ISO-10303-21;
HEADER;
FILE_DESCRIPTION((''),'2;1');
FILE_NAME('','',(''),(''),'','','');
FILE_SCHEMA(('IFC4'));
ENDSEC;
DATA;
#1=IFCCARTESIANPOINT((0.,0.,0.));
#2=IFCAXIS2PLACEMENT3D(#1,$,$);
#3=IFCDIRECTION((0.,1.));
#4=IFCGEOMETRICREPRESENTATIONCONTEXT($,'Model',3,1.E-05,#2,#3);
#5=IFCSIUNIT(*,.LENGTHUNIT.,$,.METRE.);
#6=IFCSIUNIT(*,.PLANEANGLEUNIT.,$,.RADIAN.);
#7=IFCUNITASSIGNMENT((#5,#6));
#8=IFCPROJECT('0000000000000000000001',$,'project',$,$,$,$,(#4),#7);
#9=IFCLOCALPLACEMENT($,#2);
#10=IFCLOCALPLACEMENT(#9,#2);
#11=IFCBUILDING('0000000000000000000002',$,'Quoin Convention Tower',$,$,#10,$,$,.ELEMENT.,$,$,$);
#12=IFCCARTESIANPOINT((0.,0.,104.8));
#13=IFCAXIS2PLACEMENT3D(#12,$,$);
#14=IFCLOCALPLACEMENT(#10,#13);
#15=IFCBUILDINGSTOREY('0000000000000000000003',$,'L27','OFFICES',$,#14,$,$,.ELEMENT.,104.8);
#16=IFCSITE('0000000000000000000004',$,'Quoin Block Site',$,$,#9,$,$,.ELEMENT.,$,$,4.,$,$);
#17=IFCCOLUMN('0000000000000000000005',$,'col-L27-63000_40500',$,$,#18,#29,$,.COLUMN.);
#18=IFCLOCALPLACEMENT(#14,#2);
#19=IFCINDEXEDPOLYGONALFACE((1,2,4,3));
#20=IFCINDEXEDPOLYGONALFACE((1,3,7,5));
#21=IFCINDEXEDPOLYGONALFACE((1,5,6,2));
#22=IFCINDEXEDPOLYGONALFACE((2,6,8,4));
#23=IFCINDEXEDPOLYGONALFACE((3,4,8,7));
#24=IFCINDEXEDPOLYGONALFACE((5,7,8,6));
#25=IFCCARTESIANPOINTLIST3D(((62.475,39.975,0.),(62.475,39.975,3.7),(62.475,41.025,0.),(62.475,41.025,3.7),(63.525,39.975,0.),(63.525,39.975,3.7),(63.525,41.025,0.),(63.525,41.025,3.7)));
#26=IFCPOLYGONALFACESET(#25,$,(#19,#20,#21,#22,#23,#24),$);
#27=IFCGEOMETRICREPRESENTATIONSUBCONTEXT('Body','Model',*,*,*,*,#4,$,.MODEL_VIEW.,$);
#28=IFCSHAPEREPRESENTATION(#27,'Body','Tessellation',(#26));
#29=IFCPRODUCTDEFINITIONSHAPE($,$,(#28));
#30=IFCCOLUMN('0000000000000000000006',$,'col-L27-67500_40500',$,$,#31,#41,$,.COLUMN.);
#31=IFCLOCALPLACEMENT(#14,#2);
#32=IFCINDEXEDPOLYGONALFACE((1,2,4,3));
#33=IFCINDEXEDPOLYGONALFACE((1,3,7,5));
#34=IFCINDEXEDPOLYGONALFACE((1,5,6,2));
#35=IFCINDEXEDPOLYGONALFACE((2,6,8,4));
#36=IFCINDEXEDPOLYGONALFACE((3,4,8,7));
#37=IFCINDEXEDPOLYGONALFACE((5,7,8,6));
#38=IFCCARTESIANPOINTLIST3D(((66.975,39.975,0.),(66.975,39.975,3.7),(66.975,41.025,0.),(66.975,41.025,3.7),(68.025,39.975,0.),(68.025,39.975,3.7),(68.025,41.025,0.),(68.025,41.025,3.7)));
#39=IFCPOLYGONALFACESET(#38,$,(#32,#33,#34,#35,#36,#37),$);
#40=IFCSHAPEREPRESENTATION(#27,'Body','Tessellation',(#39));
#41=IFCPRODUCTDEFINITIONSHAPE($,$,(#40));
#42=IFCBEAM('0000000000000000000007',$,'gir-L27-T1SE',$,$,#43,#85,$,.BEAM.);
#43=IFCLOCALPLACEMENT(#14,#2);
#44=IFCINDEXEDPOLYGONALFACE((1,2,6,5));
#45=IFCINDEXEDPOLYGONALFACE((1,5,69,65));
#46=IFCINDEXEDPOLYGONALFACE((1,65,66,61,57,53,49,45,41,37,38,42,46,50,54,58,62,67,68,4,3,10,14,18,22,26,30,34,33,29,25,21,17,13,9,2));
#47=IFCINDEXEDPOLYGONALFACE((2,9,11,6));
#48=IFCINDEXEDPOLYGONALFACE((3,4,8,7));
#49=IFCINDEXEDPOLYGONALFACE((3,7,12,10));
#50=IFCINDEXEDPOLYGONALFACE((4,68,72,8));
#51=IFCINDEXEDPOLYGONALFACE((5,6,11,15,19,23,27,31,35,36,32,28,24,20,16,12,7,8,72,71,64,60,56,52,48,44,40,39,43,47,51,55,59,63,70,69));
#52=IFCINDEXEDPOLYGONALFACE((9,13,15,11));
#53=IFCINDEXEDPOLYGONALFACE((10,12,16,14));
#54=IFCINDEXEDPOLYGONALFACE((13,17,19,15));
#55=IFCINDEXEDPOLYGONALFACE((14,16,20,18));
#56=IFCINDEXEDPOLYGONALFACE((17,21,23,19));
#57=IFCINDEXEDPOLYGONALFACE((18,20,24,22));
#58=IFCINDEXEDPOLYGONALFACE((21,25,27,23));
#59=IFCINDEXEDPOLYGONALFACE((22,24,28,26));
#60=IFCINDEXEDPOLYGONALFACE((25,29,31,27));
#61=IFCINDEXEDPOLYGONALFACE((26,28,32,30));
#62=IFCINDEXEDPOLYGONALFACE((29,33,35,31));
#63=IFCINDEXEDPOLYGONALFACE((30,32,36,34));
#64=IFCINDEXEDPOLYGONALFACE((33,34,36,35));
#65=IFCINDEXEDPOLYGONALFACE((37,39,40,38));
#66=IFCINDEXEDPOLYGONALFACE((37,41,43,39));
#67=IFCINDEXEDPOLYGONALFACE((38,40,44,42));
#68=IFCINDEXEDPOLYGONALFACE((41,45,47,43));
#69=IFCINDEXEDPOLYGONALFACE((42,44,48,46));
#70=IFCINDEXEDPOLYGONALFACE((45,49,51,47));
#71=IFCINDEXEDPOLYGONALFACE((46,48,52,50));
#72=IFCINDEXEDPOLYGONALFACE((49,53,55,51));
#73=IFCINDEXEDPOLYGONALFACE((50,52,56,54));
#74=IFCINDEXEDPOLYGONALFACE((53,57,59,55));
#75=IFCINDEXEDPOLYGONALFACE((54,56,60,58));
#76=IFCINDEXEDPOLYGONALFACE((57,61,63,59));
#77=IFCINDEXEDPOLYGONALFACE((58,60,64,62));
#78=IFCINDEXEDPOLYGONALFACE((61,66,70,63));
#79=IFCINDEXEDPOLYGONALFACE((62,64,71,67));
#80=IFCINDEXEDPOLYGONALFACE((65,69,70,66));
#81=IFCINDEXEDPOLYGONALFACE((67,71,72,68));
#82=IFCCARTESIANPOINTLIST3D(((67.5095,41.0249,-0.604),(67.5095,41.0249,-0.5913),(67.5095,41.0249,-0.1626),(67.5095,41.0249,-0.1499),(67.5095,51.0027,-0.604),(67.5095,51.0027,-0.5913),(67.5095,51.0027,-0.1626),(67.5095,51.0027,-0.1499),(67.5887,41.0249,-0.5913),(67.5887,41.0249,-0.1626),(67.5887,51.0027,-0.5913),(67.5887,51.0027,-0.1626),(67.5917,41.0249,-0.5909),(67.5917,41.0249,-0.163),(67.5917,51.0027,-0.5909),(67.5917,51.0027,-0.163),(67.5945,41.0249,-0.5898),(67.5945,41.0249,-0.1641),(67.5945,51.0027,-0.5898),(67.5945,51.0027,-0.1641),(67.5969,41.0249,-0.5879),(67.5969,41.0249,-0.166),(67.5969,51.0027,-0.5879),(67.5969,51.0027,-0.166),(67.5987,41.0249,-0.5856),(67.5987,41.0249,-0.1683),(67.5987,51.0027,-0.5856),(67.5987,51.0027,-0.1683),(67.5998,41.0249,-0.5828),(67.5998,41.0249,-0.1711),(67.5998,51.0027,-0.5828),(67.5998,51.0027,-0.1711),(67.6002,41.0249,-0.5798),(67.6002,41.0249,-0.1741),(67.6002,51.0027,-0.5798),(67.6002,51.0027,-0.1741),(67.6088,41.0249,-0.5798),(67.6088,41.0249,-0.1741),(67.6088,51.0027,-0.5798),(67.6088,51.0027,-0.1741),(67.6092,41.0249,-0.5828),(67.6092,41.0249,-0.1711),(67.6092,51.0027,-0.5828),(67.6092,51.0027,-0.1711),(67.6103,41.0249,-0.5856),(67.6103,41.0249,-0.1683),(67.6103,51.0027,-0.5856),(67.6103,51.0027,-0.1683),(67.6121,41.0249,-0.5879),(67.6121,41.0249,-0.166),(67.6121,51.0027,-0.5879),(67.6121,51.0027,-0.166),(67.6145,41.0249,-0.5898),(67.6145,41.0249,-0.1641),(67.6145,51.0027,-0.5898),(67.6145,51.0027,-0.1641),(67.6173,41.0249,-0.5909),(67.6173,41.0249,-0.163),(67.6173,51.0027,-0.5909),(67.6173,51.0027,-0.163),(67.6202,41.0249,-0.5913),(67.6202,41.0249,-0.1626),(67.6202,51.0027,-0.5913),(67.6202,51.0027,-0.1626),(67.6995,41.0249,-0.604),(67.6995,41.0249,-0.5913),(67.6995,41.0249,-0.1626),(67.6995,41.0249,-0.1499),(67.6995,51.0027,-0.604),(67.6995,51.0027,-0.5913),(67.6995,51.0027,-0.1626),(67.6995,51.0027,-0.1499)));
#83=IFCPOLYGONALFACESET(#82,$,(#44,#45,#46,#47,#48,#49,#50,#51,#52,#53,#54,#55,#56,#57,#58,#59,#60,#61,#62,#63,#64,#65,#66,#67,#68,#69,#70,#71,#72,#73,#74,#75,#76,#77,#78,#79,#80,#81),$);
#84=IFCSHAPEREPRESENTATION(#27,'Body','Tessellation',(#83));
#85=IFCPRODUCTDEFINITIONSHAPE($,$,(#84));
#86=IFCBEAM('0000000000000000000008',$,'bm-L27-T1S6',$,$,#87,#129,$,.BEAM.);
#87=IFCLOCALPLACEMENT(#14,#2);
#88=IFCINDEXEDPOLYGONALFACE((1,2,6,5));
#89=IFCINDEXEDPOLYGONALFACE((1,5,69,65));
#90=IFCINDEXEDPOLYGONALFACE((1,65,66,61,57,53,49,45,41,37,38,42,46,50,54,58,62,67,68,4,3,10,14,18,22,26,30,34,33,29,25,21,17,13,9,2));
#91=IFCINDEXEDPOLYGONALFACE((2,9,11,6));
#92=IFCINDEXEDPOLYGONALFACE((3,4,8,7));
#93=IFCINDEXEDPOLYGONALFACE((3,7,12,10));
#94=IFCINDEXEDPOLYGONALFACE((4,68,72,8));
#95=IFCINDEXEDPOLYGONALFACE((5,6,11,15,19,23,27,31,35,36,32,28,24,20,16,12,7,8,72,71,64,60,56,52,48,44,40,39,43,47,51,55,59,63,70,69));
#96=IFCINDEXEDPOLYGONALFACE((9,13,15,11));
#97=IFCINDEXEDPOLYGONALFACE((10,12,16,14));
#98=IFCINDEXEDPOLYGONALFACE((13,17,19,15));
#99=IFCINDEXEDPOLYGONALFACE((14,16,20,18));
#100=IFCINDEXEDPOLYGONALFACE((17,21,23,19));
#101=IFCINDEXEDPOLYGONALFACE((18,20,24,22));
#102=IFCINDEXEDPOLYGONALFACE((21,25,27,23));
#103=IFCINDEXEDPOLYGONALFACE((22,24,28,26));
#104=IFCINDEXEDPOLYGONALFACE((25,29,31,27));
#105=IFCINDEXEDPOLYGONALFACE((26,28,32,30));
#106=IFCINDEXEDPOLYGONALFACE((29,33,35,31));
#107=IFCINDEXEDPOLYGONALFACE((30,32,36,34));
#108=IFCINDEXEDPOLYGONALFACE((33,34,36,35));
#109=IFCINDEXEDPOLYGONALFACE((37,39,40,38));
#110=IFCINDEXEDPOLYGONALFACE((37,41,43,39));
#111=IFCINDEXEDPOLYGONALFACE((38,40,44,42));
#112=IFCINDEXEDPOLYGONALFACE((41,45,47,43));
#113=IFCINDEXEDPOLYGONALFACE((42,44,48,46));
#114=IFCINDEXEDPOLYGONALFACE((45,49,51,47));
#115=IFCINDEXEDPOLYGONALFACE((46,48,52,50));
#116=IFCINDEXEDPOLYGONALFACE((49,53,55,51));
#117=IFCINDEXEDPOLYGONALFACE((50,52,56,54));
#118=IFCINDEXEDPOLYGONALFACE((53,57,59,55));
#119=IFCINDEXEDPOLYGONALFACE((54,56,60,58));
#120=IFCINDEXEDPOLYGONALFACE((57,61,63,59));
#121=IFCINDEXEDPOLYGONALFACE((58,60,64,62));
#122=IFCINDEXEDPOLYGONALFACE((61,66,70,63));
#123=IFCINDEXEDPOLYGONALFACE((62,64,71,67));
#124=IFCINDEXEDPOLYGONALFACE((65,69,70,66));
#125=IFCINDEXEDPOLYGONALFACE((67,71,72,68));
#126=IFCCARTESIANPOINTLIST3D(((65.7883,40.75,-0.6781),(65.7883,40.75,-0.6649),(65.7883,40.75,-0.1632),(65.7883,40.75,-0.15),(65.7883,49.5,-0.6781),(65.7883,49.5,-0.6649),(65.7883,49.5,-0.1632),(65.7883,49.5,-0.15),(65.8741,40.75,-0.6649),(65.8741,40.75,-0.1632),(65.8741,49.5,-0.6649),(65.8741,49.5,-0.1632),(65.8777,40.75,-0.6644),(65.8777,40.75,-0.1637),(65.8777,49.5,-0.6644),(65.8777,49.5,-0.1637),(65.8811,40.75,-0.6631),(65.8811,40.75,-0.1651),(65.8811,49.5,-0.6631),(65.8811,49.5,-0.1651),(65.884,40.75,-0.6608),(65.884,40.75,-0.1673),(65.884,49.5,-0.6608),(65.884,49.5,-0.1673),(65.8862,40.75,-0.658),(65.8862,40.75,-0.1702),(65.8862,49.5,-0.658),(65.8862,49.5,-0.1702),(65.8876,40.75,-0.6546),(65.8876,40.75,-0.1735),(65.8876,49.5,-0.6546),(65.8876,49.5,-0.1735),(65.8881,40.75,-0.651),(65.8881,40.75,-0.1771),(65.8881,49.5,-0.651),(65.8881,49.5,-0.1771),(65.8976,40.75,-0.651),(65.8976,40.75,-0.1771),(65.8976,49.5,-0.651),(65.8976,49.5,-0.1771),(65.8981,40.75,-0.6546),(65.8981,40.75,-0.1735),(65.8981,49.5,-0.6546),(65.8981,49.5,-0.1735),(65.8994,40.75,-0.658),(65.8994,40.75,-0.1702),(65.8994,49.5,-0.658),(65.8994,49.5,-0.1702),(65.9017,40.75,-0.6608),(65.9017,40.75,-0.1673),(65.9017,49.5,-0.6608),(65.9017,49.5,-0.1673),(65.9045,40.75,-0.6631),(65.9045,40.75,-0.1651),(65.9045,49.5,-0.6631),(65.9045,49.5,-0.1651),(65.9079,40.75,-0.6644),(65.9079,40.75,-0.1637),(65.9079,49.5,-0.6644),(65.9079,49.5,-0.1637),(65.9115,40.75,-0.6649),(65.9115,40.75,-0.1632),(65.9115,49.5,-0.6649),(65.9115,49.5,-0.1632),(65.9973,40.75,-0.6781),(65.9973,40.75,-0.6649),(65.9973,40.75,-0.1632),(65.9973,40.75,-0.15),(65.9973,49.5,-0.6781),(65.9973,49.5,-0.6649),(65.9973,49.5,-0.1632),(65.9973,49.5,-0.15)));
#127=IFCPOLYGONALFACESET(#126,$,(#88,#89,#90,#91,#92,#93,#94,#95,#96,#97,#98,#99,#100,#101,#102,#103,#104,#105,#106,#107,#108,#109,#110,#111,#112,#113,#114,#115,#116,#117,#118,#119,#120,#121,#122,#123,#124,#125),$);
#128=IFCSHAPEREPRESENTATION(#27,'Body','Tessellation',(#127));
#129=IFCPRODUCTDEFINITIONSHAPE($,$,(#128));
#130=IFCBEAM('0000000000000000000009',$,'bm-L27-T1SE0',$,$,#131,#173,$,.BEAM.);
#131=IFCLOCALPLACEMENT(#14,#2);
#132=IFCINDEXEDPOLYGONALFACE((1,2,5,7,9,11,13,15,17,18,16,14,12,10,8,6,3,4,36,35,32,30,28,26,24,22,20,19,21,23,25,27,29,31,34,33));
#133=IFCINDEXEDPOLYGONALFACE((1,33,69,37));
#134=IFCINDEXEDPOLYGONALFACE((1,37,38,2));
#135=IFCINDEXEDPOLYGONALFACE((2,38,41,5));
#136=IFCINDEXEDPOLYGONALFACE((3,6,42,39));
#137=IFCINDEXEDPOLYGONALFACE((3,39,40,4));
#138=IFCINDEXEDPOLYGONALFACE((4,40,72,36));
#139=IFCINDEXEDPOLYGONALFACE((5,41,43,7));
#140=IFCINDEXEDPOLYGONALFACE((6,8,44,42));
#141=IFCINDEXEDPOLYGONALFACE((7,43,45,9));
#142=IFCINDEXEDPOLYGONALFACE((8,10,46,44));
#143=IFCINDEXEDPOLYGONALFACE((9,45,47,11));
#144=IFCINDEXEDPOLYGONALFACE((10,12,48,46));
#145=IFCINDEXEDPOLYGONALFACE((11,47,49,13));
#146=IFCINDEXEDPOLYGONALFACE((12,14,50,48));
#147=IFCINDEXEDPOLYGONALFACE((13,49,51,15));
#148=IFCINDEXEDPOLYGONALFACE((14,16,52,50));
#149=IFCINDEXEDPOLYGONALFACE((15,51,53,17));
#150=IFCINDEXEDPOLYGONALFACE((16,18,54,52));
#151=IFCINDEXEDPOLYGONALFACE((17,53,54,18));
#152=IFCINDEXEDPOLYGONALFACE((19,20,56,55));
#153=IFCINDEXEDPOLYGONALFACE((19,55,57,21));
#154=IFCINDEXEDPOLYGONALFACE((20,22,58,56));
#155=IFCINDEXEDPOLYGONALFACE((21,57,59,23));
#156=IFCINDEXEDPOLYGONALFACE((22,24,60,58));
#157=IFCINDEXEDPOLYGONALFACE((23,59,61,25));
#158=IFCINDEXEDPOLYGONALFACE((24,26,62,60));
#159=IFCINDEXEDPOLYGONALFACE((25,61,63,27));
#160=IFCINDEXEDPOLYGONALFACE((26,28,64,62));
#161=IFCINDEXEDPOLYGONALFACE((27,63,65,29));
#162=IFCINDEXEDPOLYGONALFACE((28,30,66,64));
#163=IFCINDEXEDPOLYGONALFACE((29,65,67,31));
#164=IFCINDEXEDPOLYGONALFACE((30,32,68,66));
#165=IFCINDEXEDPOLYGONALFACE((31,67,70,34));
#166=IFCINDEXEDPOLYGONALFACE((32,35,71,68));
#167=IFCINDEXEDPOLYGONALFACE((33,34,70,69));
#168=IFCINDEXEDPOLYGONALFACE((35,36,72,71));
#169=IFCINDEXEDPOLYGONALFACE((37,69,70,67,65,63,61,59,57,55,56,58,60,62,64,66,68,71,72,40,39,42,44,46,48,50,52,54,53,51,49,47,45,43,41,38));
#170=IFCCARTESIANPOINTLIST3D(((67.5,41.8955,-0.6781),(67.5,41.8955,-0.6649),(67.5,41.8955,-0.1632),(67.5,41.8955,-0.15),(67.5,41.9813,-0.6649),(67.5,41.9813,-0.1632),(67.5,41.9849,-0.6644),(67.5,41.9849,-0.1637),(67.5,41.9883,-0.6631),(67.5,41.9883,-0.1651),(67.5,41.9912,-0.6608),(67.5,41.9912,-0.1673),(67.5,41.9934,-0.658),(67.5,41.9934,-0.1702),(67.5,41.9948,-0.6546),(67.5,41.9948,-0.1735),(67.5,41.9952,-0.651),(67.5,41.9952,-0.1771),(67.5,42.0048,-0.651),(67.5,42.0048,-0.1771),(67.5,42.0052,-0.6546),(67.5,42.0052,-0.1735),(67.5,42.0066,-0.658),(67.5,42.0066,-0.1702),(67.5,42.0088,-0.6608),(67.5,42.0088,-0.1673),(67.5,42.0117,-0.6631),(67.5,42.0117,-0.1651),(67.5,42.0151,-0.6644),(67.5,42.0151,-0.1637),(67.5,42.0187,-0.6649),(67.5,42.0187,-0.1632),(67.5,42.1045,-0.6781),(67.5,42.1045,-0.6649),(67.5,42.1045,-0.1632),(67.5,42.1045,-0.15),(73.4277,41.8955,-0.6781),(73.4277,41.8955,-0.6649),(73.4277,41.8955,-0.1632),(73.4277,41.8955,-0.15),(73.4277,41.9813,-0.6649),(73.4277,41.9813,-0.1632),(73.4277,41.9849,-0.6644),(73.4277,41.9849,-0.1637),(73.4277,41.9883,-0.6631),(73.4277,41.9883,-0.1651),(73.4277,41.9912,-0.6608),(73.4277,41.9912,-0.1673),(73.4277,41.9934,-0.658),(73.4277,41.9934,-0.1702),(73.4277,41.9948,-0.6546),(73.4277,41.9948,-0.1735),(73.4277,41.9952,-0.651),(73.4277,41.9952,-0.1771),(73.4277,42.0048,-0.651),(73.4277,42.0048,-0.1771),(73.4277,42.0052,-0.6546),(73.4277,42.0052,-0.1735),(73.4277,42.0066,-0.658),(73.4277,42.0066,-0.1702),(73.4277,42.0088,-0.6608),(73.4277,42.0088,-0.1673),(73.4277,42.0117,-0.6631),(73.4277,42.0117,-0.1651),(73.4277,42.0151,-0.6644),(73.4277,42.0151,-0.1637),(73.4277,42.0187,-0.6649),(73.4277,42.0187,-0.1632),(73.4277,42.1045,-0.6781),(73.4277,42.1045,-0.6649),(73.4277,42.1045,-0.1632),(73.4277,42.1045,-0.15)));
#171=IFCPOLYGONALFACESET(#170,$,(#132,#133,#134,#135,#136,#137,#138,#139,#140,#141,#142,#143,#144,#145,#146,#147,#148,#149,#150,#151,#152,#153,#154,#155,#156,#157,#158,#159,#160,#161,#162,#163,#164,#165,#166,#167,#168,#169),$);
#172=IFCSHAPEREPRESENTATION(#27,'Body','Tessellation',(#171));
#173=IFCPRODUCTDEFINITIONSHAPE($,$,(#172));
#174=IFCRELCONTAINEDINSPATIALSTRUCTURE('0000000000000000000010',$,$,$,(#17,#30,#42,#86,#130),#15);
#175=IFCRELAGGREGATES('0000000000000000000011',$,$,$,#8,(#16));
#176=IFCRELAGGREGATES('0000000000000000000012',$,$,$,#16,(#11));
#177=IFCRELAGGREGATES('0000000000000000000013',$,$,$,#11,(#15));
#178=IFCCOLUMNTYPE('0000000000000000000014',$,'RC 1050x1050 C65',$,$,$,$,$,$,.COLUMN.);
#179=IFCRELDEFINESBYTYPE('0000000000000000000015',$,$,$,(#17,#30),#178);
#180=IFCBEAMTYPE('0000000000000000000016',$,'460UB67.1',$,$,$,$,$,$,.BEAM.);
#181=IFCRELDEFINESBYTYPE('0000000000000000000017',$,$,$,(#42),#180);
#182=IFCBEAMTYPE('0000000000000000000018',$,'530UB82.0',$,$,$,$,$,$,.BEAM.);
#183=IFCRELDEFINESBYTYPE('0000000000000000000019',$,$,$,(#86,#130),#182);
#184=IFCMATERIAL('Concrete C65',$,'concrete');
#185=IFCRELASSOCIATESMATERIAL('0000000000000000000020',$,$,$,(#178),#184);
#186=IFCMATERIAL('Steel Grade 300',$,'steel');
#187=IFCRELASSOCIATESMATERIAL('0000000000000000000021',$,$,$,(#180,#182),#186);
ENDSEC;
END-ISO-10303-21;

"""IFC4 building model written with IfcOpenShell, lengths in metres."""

from ifc_helpers import new_model, si_unit, direction, frame, origin, origin_2d, place, context, subcontext, project, spatial, rectangle, i_section, extrude, material, material_profile, profile_set, type_object, element, save


model = new_model("IFC4")

# Units and contexts
model_context = context("Model", 3, precision=1e-05, world=origin(), true_north=direction((0.0, 1.0)))
body_context = subcontext(model_context, "Body", "Model", "MODEL_VIEW")
ifc_project = project(units=[si_unit("LENGTHUNIT", "METRE"), si_unit("PLANEANGLEUNIT", "RADIAN")], contexts=[model_context])

# Site, building, storey
site_placement = place(None, origin())
site = spatial("IfcSite", under=ifc_project, at=site_placement, Name="Quoin Block Site", CompositionType="ELEMENT", RefElevation=4.0)
building_placement = place(site_placement, origin())
building = spatial("IfcBuilding", under=site, at=building_placement, Name="Quoin Convention Tower", CompositionType="ELEMENT")
storey_placement = place(building_placement, frame((0.0, 0.0, 104.8)))
storey = spatial("IfcBuildingStorey", under=building, at=storey_placement, Name="L27", Description="OFFICES", CompositionType="ELEMENT", Elevation=104.8)

# Columns
ifc_material_1 = material(Name="Concrete C65", Category="concrete")
ifc_material_profile_1 = material_profile(ifc_material_1, rectangle(XDim=1.05, YDim=1.05, at=origin_2d()), Name="RC 1050x1050")
ifc_profile_set_1 = profile_set([ifc_material_profile_1], Name="Concrete C65")
column_type = type_object("IfcColumnType", Name="RC 1050x1050 C65", PredefinedType="COLUMN", material=ifc_profile_set_1)
for number, where, z_axis, x_axis, name in (
    (1, (63.0, 40.5, 0.0), (0.0, 0.0, 1.0), (1.0, 0.0, 0.0), "col-L27-63000_40500"),
    (2, (67.5, 40.5, 0.0), (0.0, 0.0, 1.0), (1.0, 0.0, 0.0), "col-L27-67500_40500"),
):
    element("IfcColumn", number, at=place(storey_placement, frame(where, z_axis=z_axis, x_axis=x_axis)), inside=storey, type_object=column_type, Name=name, PredefinedType="COLUMN", context=body_context, shape_type="SweptSolid", body=[
        extrude(rectangle(XDim=1.05, YDim=1.05, at=origin_2d()), origin(), (0.0, 0.0, 1.0), 3.7),
    ])

# Beams
ifc_material_2 = material(Name="Steel Grade 300", Category="steel")
ifc_material_profile_2 = material_profile(ifc_material_2, i_section(OverallWidth=0.1899, OverallDepth=0.4541, WebThickness=0.0085, FlangeThickness=0.0127, FilletRadius=0.0115, at=origin_2d()), Name="460UB67.1")
ifc_profile_set_2 = profile_set([ifc_material_profile_2], Name="Steel Grade 300")
beam_type_1 = type_object("IfcBeamType", Name="460UB67.1", PredefinedType="BEAM", material=ifc_profile_set_2)
beam_1_placement = place(storey_placement, frame((67.6045, 41.0249, -0.377), z_axis=(0.0, 1.0, 0.0), x_axis=(-1.0, 0.0, 0.0)))
element("IfcBeam", 3, at=beam_1_placement, inside=storey, type_object=beam_type_1, Name="gir-L27-T1SE", PredefinedType="BEAM", context=body_context, shape_type="SweptSolid", body=[
    extrude(i_section(OverallWidth=0.1899, OverallDepth=0.4541, WebThickness=0.0085, FlangeThickness=0.0127, FilletRadius=0.0115, at=origin_2d()), origin(), (0.0, 0.0, 1.0), 9.9778),
])
ifc_material_profile_3 = material_profile(ifc_material_2, i_section(OverallWidth=0.209, OverallDepth=0.5281, WebThickness=0.0095, FlangeThickness=0.0132, FilletRadius=0.0139, at=origin_2d()), Name="530UB82.0")
ifc_profile_set_3 = profile_set([ifc_material_profile_3], Name="Steel Grade 300")
beam_type_2 = type_object("IfcBeamType", Name="530UB82.0", PredefinedType="BEAM", material=ifc_profile_set_3)
beam_2_placement = place(storey_placement, frame((65.8928, 40.75, -0.4141), z_axis=(0.0, 1.0, 0.0), x_axis=(-1.0, 0.0, 0.0)))
element("IfcBeam", 4, at=beam_2_placement, inside=storey, type_object=beam_type_2, Name="bm-L27-T1S6", PredefinedType="BEAM", context=body_context, shape_type="SweptSolid", body=[
    extrude(i_section(OverallWidth=0.209, OverallDepth=0.5281, WebThickness=0.0095, FlangeThickness=0.0132, FilletRadius=0.0139, at=origin_2d()), origin(), (0.0, 0.0, 1.0), 8.75),
])
beam_3_placement = place(storey_placement, frame((67.5, 42.0, -0.4141), z_axis=(1.0, 0.0, 0.0), x_axis=(0.0, 1.0, 0.0)))
element("IfcBeam", 5, at=beam_3_placement, inside=storey, type_object=beam_type_2, Name="bm-L27-T1SE0", PredefinedType="BEAM", context=body_context, shape_type="SweptSolid", body=[
    extrude(i_section(OverallWidth=0.209, OverallDepth=0.5281, WebThickness=0.0095, FlangeThickness=0.0132, FilletRadius=0.0139, at=origin_2d()), origin(), (0.0, 0.0, 1.0), 5.9277),
])

save(model, "model.ifc")
